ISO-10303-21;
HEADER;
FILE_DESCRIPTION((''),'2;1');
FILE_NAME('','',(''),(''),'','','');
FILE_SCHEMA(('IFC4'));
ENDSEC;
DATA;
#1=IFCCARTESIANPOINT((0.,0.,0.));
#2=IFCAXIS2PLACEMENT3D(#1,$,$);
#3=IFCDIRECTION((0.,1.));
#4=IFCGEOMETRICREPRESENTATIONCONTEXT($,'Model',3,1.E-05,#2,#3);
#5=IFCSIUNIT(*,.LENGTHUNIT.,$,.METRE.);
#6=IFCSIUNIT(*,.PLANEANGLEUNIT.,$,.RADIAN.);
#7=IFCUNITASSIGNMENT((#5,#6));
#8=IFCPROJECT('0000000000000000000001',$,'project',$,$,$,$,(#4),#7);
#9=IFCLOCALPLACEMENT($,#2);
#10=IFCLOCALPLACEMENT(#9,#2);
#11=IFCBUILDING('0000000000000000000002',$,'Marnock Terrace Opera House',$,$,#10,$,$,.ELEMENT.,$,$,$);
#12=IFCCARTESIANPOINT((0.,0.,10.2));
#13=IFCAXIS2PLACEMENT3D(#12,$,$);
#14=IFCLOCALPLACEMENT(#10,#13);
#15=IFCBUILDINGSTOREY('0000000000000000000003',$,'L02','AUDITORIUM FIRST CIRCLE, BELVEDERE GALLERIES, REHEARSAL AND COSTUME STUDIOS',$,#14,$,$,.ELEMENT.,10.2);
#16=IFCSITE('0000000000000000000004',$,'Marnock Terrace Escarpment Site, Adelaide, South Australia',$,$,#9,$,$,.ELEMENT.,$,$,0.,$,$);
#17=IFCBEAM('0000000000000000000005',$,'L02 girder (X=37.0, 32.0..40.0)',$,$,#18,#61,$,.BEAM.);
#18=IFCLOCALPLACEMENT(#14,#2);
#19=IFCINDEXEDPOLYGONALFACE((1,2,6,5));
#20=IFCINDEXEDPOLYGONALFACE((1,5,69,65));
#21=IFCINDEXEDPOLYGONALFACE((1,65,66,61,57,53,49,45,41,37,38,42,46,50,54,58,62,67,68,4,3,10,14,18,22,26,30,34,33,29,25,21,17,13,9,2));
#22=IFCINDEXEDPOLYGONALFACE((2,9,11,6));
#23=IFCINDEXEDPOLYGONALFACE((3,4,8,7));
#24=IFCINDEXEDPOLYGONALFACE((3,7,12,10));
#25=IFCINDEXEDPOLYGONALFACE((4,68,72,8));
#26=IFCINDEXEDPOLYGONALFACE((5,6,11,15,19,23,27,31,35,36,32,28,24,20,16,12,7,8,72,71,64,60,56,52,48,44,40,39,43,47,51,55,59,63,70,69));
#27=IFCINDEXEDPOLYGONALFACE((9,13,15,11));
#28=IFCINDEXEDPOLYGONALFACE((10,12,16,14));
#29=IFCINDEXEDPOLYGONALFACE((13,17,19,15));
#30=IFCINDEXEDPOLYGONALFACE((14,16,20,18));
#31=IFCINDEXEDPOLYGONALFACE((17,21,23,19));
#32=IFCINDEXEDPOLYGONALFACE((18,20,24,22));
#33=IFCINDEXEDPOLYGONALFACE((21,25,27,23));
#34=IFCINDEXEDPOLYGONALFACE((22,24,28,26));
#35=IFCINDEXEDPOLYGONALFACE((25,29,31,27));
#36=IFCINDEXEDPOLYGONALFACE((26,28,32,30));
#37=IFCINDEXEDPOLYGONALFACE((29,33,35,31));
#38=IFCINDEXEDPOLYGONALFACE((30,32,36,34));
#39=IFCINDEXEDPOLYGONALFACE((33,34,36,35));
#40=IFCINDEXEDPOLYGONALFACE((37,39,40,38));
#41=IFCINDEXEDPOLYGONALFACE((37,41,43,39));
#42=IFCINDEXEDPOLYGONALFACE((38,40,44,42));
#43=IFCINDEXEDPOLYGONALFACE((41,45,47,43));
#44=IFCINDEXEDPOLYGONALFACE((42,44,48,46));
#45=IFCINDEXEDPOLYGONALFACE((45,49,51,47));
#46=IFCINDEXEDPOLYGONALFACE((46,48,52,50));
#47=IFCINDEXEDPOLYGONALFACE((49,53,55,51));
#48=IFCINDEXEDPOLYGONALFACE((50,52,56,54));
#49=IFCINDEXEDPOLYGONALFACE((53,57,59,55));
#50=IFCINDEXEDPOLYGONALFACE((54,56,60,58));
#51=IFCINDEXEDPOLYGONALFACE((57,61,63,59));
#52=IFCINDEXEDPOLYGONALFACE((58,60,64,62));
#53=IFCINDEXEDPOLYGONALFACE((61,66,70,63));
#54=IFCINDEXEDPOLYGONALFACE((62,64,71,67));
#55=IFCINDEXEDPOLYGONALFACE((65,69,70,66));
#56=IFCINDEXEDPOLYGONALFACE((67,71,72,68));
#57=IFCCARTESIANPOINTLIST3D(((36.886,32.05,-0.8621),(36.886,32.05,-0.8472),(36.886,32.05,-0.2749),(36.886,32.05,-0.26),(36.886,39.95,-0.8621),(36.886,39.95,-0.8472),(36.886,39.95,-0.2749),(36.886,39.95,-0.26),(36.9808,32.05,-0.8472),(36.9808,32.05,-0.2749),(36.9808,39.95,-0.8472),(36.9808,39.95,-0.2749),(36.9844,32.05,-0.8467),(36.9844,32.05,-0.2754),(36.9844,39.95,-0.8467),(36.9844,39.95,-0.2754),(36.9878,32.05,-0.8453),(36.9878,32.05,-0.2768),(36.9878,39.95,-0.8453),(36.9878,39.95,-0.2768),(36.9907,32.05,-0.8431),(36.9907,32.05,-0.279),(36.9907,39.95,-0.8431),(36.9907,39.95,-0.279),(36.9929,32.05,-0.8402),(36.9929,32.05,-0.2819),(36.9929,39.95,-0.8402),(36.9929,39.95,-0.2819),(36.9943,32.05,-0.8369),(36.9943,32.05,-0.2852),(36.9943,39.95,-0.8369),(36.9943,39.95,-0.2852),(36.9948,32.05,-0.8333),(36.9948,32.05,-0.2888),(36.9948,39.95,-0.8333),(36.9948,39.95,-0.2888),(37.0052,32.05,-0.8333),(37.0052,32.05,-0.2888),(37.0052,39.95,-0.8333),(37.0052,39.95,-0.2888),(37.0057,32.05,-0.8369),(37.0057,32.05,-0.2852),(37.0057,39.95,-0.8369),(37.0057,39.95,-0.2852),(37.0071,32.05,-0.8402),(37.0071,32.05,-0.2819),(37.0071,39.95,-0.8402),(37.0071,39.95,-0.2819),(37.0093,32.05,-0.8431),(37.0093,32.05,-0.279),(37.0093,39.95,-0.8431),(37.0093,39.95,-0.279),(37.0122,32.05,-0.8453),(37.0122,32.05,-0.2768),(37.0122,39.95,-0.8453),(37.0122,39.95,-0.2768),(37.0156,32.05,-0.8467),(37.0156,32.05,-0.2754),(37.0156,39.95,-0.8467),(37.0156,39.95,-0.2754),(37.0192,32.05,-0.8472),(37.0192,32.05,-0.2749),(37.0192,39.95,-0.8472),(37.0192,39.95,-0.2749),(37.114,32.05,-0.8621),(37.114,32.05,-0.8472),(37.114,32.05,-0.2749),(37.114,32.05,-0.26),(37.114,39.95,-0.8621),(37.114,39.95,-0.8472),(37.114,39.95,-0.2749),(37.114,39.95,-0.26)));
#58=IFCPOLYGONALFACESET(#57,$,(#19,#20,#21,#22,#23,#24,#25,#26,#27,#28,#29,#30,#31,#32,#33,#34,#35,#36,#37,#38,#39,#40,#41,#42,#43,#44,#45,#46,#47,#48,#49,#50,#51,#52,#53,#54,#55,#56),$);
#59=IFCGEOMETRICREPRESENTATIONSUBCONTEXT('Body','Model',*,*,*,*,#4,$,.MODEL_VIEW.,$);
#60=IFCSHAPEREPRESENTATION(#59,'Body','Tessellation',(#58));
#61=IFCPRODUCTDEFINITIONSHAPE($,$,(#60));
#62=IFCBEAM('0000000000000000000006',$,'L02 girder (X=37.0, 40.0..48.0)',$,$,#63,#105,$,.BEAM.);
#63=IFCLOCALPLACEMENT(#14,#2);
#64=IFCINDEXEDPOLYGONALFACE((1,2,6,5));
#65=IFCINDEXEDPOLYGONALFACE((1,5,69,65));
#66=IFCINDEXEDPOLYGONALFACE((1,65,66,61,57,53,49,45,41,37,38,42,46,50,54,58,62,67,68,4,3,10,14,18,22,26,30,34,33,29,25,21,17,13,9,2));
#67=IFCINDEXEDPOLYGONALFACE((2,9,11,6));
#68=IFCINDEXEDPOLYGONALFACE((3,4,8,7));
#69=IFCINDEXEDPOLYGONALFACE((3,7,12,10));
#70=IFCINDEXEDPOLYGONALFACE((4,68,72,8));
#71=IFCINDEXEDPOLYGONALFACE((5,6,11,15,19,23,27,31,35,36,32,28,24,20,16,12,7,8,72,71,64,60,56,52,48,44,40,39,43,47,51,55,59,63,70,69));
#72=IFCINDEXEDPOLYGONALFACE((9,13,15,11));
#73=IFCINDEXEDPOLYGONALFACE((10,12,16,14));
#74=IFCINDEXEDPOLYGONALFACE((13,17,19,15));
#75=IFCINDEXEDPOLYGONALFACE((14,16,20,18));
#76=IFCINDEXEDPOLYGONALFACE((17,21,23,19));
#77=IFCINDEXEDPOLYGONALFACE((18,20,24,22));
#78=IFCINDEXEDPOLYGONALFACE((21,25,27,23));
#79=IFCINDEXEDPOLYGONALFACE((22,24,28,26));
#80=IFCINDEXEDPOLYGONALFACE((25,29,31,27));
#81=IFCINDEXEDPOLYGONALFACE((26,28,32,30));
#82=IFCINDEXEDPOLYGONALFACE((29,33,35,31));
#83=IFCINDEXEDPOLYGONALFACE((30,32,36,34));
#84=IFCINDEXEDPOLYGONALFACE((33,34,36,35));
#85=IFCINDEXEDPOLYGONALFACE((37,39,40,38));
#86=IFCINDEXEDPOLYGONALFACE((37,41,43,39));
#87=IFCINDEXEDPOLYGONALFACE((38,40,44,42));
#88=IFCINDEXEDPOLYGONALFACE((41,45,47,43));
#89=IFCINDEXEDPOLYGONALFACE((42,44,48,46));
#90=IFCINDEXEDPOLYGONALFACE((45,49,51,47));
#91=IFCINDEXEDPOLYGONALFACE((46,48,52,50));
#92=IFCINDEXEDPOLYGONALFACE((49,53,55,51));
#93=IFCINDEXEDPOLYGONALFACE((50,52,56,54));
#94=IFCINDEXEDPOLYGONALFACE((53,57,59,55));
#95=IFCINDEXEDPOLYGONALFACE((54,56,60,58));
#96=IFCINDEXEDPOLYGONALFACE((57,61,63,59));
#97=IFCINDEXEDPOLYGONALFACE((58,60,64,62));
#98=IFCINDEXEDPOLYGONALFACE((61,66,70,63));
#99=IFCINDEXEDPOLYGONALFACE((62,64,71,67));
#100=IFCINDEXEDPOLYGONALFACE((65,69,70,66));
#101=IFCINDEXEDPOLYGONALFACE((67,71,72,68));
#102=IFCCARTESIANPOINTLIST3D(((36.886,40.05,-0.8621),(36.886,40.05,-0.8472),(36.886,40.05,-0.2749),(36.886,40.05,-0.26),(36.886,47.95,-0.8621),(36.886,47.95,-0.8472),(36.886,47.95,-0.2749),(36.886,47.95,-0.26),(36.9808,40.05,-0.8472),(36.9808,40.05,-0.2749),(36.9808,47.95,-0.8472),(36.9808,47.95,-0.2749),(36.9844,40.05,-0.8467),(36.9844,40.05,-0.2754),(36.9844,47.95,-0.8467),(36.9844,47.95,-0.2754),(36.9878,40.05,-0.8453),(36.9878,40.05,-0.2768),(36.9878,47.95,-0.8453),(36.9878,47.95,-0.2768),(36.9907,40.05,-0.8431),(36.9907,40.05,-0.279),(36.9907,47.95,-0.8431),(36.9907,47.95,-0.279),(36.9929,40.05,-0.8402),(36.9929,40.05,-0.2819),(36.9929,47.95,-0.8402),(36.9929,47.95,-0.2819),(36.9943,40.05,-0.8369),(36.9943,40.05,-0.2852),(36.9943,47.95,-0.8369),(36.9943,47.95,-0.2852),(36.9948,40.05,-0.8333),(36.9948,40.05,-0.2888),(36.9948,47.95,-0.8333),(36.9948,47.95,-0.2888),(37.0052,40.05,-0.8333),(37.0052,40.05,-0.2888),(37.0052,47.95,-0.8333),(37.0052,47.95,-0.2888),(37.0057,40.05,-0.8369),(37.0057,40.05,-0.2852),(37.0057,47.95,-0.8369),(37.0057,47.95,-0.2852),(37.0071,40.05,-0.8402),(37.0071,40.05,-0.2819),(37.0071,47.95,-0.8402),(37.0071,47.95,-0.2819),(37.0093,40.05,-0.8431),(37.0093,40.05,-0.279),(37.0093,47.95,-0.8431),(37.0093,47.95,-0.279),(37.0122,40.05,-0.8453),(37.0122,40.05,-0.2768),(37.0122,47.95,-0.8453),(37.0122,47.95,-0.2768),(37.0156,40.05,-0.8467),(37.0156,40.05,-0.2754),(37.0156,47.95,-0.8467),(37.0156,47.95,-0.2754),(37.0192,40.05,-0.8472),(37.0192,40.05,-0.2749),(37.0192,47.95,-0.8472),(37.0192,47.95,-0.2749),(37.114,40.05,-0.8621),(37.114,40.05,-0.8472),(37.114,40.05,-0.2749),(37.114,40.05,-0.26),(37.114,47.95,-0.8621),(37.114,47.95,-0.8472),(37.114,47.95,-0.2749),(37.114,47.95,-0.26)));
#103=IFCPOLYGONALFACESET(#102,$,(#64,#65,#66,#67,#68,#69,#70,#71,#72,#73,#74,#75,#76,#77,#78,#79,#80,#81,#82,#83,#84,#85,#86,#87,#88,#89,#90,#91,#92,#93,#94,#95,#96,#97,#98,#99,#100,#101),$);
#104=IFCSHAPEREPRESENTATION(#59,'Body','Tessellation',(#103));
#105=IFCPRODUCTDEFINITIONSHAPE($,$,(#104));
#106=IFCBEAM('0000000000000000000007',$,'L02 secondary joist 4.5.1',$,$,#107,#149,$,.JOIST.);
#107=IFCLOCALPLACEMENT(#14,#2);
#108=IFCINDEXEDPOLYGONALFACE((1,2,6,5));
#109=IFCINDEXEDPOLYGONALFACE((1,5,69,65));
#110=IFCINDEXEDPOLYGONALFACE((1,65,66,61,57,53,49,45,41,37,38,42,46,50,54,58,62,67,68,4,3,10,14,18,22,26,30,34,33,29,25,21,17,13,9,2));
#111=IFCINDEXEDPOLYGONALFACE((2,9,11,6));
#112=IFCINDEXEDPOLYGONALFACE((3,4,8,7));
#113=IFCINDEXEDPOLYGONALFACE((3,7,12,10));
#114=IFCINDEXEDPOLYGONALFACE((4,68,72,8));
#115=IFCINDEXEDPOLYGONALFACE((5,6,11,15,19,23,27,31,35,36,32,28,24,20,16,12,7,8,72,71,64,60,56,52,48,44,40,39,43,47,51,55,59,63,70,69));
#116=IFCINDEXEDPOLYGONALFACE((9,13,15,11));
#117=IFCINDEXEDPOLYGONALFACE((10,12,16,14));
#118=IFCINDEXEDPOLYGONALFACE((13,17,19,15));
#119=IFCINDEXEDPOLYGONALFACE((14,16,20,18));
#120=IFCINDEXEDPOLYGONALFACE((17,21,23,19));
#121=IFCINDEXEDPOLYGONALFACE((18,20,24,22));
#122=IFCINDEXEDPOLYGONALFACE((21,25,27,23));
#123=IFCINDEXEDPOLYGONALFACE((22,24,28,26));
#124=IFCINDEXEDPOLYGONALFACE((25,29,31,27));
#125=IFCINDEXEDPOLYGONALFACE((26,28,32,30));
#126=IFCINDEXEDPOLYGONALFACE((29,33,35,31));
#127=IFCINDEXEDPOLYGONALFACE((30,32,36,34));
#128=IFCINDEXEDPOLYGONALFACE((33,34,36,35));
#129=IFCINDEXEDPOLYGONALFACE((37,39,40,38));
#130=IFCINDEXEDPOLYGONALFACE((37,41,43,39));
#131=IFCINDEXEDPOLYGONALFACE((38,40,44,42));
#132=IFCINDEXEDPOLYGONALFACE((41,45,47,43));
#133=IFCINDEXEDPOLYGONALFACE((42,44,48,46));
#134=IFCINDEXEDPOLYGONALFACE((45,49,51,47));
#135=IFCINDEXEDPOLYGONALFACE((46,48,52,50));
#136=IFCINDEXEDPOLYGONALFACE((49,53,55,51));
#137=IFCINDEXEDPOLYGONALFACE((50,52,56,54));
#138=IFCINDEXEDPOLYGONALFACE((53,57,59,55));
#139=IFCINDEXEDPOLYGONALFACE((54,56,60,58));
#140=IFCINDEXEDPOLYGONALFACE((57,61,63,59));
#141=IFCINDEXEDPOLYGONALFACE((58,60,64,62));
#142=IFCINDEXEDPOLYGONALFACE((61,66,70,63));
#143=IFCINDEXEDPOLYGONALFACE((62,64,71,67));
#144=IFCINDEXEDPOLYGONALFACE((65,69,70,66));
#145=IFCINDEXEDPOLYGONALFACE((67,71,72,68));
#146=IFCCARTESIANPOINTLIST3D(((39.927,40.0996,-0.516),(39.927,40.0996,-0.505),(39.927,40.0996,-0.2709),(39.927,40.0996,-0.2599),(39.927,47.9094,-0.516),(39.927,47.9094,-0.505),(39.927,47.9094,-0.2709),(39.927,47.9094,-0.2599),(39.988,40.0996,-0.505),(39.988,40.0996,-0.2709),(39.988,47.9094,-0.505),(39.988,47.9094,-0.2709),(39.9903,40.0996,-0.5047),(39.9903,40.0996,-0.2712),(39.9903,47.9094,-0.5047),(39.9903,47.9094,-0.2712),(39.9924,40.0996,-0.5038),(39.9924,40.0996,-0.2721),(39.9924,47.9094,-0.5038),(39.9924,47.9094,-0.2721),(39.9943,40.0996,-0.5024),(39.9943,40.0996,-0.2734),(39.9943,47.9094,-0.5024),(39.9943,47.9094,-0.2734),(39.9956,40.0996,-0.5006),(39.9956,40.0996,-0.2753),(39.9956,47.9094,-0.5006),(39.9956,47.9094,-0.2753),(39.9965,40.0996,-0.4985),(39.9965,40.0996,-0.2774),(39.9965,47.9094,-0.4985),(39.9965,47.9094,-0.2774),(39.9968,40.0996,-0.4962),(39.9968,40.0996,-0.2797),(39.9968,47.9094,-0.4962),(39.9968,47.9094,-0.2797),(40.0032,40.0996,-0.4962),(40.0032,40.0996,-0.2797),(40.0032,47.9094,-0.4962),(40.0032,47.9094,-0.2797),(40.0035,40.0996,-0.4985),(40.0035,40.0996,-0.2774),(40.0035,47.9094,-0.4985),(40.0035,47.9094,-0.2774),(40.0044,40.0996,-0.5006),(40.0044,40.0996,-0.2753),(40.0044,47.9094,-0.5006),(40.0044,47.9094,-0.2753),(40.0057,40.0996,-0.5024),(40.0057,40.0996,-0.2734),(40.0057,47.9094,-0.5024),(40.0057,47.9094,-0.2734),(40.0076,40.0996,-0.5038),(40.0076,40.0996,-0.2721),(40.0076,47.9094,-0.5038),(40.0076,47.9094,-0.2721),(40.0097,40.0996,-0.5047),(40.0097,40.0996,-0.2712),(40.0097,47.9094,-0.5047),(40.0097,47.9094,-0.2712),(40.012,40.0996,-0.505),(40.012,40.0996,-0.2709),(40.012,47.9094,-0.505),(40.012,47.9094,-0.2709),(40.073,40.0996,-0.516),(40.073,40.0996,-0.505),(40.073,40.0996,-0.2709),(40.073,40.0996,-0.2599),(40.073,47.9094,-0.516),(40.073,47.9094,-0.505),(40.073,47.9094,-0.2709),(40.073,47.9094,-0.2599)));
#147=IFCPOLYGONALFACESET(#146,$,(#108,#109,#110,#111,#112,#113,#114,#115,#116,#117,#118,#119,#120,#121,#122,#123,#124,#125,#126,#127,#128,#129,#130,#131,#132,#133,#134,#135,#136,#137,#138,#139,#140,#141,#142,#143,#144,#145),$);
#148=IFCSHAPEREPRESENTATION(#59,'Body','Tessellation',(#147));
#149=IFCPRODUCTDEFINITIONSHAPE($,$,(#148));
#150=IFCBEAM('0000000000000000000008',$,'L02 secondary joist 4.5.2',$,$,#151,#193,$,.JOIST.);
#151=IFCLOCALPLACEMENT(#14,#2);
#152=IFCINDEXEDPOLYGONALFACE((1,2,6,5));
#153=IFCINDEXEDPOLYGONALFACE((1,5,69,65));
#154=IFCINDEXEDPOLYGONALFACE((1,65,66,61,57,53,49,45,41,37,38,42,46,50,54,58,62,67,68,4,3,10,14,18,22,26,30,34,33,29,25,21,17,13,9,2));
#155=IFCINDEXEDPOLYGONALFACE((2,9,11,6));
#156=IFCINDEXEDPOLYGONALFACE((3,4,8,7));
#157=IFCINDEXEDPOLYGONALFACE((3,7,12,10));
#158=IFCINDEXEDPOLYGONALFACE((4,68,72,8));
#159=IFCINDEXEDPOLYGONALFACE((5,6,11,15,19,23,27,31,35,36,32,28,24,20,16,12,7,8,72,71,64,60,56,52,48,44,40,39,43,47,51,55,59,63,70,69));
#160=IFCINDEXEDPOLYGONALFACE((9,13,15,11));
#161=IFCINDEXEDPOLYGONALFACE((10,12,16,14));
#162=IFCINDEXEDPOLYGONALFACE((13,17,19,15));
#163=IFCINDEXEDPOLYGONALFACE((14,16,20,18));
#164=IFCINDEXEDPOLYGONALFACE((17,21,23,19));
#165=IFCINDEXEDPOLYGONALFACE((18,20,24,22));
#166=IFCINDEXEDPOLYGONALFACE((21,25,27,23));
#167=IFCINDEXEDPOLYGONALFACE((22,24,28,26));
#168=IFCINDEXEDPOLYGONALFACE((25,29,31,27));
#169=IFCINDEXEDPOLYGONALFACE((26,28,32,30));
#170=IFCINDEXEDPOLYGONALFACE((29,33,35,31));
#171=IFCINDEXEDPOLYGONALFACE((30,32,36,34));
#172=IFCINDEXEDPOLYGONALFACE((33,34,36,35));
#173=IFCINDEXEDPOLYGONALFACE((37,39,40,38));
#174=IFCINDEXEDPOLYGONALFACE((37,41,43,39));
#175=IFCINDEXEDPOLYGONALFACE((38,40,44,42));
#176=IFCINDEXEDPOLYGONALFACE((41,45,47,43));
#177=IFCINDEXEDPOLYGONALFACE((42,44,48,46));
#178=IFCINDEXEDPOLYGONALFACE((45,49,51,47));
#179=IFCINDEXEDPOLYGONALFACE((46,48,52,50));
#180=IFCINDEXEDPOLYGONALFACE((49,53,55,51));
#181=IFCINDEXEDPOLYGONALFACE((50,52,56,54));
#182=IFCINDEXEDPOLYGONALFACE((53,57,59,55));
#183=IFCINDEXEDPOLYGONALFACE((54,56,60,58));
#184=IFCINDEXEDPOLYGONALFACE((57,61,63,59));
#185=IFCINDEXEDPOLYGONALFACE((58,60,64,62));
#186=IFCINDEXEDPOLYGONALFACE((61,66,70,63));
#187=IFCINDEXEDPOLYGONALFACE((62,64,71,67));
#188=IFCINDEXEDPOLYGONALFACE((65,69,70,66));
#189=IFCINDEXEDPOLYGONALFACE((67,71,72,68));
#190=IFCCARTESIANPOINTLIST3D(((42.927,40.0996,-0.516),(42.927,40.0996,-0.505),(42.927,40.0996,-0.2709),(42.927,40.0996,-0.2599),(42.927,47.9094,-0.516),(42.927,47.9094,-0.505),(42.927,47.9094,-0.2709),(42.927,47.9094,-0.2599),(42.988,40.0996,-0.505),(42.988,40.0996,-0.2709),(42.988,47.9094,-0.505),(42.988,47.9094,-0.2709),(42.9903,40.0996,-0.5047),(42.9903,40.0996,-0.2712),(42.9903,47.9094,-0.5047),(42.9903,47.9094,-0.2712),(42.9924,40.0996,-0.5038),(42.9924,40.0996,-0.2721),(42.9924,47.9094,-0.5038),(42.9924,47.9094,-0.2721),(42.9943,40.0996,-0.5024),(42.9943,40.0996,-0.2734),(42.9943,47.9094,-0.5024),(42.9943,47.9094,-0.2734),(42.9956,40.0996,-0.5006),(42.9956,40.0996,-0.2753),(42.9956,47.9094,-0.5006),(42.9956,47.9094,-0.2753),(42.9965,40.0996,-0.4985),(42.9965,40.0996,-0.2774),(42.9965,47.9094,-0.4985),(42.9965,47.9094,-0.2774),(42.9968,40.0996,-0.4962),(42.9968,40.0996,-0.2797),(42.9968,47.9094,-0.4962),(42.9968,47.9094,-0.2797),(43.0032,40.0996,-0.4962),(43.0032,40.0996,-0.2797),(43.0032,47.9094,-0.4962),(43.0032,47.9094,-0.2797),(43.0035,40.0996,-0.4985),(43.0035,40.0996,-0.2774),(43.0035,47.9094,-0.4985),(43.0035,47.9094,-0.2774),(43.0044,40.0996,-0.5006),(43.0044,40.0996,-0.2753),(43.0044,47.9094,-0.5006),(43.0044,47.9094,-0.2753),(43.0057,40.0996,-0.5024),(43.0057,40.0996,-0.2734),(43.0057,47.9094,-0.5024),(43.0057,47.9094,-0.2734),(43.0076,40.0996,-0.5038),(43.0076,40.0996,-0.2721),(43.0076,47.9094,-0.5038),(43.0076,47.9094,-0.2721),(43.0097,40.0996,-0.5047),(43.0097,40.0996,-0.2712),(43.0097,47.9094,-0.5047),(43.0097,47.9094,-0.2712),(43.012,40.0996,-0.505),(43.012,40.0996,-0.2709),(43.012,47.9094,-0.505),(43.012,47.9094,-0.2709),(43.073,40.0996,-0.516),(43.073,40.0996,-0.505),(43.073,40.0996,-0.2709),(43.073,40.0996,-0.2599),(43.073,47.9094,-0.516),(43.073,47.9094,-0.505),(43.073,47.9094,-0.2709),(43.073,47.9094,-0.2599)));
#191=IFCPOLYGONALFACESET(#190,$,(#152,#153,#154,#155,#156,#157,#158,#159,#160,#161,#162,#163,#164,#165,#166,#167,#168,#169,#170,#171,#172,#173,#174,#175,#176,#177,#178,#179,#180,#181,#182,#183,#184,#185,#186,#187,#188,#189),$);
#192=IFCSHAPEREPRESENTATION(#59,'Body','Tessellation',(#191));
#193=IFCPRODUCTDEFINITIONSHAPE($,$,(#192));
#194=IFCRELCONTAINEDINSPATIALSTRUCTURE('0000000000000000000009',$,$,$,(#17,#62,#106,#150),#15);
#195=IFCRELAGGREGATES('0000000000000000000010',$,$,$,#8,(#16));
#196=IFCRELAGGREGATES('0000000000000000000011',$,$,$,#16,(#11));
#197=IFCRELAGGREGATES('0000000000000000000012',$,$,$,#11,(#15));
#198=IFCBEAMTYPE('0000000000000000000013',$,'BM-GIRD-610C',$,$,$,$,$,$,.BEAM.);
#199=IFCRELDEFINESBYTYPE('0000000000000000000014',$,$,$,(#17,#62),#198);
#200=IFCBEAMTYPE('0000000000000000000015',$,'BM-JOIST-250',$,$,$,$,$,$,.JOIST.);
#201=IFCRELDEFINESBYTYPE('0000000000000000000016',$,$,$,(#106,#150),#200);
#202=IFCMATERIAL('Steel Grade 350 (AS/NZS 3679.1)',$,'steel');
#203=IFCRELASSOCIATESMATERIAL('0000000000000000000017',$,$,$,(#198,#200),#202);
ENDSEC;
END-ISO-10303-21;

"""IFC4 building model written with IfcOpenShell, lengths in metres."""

from ifc_helpers import new_model, si_unit, direction, frame, origin, origin_2d, place, context, subcontext, project, spatial, i_section, extrude, material, material_profile, profile_set, type_object, element, save


model = new_model("IFC4")

# Units and contexts
model_context = context("Model", 3, precision=1e-05, world=origin(), true_north=direction((0.0, 1.0)))
body_context = subcontext(model_context, "Body", "Model", "MODEL_VIEW")
ifc_project = project(units=[si_unit("LENGTHUNIT", "METRE"), si_unit("PLANEANGLEUNIT", "RADIAN")], contexts=[model_context])

# Site, building, storey
site_placement = place(None, origin())
site = spatial("IfcSite", under=ifc_project, at=site_placement, Name="Marnock Terrace Escarpment Site, Adelaide, South Australia", CompositionType="ELEMENT", RefElevation=0.0)
building_placement = place(site_placement, origin())
building = spatial("IfcBuilding", under=site, at=building_placement, Name="Marnock Terrace Opera House", CompositionType="ELEMENT")
storey_placement = place(building_placement, frame((0.0, 0.0, 10.2)))
storey = spatial("IfcBuildingStorey", under=building, at=storey_placement, Name="L02", Description="AUDITORIUM FIRST CIRCLE, BELVEDERE GALLERIES, REHEARSAL AND COSTUME STUDIOS", CompositionType="ELEMENT", Elevation=10.2)

# Shared definitions
ifc_material_1 = material(Name="Steel Grade 350 (AS/NZS 3679.1)", Category="steel")

# Beams
ifc_material_profile_1 = material_profile(ifc_material_1, i_section(OverallWidth=0.228, OverallDepth=0.6021, WebThickness=0.0105, FlangeThickness=0.0149, FilletRadius=0.0139, at=origin_2d()))
ifc_profile_set_1 = profile_set([ifc_material_profile_1], Name="Steel Grade 350 (AS/NZS 3679.1)")
beam_type_1 = type_object("IfcBeamType", Name="BM-GIRD-610C", PredefinedType="BEAM", material=ifc_profile_set_1)
for number, where, z_axis, x_axis, name in (
    (1, (37.0, 32.05, -0.561), (0.0, 1.0, 0.0), (-1.0, 0.0, 0.0), "L02 girder (X=37.0, 32.0..40.0)"),
    (2, (37.0, 40.05, -0.561), (0.0, 1.0, 0.0), (-1.0, 0.0, 0.0), "L02 girder (X=37.0, 40.0..48.0)"),
):
    element("IfcBeam", number, at=place(storey_placement, frame(where, z_axis=z_axis, x_axis=x_axis)), inside=storey, type_object=beam_type_1, Name=name, PredefinedType="BEAM", context=body_context, shape_type="SweptSolid", body=[
        extrude(i_section(OverallWidth=0.228, OverallDepth=0.6021, WebThickness=0.0105, FlangeThickness=0.0149, FilletRadius=0.0139, at=origin_2d()), origin(), (0.0, 0.0, 1.0), 7.8999),
    ])
ifc_material_profile_2 = material_profile(ifc_material_1, i_section(OverallWidth=0.146, OverallDepth=0.2561, WebThickness=0.0063, FlangeThickness=0.011, FilletRadius=0.0088, at=origin_2d()))
ifc_profile_set_2 = profile_set([ifc_material_profile_2], Name="Steel Grade 350 (AS/NZS 3679.1)")
beam_type_2 = type_object("IfcBeamType", Name="BM-JOIST-250", PredefinedType="JOIST", material=ifc_profile_set_2)
for number, where, z_axis, x_axis, name in (
    (3, (40.0, 40.0996, -0.3879), (0.0, 1.0, 0.0), (-1.0, 0.0, 0.0), "L02 secondary joist 4.5.1"),
    (4, (43.0, 40.0996, -0.3879), (0.0, 1.0, 0.0), (-1.0, 0.0, 0.0), "L02 secondary joist 4.5.2"),
):
    element("IfcBeam", number, at=place(storey_placement, frame(where, z_axis=z_axis, x_axis=x_axis)), inside=storey, type_object=beam_type_2, Name=name, PredefinedType="JOIST", context=body_context, shape_type="SweptSolid", body=[
        extrude(i_section(OverallWidth=0.146, OverallDepth=0.2561, WebThickness=0.0063, FlangeThickness=0.011, FilletRadius=0.0088, at=origin_2d()), origin(), (0.0, 0.0, 1.0), 7.8098),
    ])

save(model, "model.ifc")
